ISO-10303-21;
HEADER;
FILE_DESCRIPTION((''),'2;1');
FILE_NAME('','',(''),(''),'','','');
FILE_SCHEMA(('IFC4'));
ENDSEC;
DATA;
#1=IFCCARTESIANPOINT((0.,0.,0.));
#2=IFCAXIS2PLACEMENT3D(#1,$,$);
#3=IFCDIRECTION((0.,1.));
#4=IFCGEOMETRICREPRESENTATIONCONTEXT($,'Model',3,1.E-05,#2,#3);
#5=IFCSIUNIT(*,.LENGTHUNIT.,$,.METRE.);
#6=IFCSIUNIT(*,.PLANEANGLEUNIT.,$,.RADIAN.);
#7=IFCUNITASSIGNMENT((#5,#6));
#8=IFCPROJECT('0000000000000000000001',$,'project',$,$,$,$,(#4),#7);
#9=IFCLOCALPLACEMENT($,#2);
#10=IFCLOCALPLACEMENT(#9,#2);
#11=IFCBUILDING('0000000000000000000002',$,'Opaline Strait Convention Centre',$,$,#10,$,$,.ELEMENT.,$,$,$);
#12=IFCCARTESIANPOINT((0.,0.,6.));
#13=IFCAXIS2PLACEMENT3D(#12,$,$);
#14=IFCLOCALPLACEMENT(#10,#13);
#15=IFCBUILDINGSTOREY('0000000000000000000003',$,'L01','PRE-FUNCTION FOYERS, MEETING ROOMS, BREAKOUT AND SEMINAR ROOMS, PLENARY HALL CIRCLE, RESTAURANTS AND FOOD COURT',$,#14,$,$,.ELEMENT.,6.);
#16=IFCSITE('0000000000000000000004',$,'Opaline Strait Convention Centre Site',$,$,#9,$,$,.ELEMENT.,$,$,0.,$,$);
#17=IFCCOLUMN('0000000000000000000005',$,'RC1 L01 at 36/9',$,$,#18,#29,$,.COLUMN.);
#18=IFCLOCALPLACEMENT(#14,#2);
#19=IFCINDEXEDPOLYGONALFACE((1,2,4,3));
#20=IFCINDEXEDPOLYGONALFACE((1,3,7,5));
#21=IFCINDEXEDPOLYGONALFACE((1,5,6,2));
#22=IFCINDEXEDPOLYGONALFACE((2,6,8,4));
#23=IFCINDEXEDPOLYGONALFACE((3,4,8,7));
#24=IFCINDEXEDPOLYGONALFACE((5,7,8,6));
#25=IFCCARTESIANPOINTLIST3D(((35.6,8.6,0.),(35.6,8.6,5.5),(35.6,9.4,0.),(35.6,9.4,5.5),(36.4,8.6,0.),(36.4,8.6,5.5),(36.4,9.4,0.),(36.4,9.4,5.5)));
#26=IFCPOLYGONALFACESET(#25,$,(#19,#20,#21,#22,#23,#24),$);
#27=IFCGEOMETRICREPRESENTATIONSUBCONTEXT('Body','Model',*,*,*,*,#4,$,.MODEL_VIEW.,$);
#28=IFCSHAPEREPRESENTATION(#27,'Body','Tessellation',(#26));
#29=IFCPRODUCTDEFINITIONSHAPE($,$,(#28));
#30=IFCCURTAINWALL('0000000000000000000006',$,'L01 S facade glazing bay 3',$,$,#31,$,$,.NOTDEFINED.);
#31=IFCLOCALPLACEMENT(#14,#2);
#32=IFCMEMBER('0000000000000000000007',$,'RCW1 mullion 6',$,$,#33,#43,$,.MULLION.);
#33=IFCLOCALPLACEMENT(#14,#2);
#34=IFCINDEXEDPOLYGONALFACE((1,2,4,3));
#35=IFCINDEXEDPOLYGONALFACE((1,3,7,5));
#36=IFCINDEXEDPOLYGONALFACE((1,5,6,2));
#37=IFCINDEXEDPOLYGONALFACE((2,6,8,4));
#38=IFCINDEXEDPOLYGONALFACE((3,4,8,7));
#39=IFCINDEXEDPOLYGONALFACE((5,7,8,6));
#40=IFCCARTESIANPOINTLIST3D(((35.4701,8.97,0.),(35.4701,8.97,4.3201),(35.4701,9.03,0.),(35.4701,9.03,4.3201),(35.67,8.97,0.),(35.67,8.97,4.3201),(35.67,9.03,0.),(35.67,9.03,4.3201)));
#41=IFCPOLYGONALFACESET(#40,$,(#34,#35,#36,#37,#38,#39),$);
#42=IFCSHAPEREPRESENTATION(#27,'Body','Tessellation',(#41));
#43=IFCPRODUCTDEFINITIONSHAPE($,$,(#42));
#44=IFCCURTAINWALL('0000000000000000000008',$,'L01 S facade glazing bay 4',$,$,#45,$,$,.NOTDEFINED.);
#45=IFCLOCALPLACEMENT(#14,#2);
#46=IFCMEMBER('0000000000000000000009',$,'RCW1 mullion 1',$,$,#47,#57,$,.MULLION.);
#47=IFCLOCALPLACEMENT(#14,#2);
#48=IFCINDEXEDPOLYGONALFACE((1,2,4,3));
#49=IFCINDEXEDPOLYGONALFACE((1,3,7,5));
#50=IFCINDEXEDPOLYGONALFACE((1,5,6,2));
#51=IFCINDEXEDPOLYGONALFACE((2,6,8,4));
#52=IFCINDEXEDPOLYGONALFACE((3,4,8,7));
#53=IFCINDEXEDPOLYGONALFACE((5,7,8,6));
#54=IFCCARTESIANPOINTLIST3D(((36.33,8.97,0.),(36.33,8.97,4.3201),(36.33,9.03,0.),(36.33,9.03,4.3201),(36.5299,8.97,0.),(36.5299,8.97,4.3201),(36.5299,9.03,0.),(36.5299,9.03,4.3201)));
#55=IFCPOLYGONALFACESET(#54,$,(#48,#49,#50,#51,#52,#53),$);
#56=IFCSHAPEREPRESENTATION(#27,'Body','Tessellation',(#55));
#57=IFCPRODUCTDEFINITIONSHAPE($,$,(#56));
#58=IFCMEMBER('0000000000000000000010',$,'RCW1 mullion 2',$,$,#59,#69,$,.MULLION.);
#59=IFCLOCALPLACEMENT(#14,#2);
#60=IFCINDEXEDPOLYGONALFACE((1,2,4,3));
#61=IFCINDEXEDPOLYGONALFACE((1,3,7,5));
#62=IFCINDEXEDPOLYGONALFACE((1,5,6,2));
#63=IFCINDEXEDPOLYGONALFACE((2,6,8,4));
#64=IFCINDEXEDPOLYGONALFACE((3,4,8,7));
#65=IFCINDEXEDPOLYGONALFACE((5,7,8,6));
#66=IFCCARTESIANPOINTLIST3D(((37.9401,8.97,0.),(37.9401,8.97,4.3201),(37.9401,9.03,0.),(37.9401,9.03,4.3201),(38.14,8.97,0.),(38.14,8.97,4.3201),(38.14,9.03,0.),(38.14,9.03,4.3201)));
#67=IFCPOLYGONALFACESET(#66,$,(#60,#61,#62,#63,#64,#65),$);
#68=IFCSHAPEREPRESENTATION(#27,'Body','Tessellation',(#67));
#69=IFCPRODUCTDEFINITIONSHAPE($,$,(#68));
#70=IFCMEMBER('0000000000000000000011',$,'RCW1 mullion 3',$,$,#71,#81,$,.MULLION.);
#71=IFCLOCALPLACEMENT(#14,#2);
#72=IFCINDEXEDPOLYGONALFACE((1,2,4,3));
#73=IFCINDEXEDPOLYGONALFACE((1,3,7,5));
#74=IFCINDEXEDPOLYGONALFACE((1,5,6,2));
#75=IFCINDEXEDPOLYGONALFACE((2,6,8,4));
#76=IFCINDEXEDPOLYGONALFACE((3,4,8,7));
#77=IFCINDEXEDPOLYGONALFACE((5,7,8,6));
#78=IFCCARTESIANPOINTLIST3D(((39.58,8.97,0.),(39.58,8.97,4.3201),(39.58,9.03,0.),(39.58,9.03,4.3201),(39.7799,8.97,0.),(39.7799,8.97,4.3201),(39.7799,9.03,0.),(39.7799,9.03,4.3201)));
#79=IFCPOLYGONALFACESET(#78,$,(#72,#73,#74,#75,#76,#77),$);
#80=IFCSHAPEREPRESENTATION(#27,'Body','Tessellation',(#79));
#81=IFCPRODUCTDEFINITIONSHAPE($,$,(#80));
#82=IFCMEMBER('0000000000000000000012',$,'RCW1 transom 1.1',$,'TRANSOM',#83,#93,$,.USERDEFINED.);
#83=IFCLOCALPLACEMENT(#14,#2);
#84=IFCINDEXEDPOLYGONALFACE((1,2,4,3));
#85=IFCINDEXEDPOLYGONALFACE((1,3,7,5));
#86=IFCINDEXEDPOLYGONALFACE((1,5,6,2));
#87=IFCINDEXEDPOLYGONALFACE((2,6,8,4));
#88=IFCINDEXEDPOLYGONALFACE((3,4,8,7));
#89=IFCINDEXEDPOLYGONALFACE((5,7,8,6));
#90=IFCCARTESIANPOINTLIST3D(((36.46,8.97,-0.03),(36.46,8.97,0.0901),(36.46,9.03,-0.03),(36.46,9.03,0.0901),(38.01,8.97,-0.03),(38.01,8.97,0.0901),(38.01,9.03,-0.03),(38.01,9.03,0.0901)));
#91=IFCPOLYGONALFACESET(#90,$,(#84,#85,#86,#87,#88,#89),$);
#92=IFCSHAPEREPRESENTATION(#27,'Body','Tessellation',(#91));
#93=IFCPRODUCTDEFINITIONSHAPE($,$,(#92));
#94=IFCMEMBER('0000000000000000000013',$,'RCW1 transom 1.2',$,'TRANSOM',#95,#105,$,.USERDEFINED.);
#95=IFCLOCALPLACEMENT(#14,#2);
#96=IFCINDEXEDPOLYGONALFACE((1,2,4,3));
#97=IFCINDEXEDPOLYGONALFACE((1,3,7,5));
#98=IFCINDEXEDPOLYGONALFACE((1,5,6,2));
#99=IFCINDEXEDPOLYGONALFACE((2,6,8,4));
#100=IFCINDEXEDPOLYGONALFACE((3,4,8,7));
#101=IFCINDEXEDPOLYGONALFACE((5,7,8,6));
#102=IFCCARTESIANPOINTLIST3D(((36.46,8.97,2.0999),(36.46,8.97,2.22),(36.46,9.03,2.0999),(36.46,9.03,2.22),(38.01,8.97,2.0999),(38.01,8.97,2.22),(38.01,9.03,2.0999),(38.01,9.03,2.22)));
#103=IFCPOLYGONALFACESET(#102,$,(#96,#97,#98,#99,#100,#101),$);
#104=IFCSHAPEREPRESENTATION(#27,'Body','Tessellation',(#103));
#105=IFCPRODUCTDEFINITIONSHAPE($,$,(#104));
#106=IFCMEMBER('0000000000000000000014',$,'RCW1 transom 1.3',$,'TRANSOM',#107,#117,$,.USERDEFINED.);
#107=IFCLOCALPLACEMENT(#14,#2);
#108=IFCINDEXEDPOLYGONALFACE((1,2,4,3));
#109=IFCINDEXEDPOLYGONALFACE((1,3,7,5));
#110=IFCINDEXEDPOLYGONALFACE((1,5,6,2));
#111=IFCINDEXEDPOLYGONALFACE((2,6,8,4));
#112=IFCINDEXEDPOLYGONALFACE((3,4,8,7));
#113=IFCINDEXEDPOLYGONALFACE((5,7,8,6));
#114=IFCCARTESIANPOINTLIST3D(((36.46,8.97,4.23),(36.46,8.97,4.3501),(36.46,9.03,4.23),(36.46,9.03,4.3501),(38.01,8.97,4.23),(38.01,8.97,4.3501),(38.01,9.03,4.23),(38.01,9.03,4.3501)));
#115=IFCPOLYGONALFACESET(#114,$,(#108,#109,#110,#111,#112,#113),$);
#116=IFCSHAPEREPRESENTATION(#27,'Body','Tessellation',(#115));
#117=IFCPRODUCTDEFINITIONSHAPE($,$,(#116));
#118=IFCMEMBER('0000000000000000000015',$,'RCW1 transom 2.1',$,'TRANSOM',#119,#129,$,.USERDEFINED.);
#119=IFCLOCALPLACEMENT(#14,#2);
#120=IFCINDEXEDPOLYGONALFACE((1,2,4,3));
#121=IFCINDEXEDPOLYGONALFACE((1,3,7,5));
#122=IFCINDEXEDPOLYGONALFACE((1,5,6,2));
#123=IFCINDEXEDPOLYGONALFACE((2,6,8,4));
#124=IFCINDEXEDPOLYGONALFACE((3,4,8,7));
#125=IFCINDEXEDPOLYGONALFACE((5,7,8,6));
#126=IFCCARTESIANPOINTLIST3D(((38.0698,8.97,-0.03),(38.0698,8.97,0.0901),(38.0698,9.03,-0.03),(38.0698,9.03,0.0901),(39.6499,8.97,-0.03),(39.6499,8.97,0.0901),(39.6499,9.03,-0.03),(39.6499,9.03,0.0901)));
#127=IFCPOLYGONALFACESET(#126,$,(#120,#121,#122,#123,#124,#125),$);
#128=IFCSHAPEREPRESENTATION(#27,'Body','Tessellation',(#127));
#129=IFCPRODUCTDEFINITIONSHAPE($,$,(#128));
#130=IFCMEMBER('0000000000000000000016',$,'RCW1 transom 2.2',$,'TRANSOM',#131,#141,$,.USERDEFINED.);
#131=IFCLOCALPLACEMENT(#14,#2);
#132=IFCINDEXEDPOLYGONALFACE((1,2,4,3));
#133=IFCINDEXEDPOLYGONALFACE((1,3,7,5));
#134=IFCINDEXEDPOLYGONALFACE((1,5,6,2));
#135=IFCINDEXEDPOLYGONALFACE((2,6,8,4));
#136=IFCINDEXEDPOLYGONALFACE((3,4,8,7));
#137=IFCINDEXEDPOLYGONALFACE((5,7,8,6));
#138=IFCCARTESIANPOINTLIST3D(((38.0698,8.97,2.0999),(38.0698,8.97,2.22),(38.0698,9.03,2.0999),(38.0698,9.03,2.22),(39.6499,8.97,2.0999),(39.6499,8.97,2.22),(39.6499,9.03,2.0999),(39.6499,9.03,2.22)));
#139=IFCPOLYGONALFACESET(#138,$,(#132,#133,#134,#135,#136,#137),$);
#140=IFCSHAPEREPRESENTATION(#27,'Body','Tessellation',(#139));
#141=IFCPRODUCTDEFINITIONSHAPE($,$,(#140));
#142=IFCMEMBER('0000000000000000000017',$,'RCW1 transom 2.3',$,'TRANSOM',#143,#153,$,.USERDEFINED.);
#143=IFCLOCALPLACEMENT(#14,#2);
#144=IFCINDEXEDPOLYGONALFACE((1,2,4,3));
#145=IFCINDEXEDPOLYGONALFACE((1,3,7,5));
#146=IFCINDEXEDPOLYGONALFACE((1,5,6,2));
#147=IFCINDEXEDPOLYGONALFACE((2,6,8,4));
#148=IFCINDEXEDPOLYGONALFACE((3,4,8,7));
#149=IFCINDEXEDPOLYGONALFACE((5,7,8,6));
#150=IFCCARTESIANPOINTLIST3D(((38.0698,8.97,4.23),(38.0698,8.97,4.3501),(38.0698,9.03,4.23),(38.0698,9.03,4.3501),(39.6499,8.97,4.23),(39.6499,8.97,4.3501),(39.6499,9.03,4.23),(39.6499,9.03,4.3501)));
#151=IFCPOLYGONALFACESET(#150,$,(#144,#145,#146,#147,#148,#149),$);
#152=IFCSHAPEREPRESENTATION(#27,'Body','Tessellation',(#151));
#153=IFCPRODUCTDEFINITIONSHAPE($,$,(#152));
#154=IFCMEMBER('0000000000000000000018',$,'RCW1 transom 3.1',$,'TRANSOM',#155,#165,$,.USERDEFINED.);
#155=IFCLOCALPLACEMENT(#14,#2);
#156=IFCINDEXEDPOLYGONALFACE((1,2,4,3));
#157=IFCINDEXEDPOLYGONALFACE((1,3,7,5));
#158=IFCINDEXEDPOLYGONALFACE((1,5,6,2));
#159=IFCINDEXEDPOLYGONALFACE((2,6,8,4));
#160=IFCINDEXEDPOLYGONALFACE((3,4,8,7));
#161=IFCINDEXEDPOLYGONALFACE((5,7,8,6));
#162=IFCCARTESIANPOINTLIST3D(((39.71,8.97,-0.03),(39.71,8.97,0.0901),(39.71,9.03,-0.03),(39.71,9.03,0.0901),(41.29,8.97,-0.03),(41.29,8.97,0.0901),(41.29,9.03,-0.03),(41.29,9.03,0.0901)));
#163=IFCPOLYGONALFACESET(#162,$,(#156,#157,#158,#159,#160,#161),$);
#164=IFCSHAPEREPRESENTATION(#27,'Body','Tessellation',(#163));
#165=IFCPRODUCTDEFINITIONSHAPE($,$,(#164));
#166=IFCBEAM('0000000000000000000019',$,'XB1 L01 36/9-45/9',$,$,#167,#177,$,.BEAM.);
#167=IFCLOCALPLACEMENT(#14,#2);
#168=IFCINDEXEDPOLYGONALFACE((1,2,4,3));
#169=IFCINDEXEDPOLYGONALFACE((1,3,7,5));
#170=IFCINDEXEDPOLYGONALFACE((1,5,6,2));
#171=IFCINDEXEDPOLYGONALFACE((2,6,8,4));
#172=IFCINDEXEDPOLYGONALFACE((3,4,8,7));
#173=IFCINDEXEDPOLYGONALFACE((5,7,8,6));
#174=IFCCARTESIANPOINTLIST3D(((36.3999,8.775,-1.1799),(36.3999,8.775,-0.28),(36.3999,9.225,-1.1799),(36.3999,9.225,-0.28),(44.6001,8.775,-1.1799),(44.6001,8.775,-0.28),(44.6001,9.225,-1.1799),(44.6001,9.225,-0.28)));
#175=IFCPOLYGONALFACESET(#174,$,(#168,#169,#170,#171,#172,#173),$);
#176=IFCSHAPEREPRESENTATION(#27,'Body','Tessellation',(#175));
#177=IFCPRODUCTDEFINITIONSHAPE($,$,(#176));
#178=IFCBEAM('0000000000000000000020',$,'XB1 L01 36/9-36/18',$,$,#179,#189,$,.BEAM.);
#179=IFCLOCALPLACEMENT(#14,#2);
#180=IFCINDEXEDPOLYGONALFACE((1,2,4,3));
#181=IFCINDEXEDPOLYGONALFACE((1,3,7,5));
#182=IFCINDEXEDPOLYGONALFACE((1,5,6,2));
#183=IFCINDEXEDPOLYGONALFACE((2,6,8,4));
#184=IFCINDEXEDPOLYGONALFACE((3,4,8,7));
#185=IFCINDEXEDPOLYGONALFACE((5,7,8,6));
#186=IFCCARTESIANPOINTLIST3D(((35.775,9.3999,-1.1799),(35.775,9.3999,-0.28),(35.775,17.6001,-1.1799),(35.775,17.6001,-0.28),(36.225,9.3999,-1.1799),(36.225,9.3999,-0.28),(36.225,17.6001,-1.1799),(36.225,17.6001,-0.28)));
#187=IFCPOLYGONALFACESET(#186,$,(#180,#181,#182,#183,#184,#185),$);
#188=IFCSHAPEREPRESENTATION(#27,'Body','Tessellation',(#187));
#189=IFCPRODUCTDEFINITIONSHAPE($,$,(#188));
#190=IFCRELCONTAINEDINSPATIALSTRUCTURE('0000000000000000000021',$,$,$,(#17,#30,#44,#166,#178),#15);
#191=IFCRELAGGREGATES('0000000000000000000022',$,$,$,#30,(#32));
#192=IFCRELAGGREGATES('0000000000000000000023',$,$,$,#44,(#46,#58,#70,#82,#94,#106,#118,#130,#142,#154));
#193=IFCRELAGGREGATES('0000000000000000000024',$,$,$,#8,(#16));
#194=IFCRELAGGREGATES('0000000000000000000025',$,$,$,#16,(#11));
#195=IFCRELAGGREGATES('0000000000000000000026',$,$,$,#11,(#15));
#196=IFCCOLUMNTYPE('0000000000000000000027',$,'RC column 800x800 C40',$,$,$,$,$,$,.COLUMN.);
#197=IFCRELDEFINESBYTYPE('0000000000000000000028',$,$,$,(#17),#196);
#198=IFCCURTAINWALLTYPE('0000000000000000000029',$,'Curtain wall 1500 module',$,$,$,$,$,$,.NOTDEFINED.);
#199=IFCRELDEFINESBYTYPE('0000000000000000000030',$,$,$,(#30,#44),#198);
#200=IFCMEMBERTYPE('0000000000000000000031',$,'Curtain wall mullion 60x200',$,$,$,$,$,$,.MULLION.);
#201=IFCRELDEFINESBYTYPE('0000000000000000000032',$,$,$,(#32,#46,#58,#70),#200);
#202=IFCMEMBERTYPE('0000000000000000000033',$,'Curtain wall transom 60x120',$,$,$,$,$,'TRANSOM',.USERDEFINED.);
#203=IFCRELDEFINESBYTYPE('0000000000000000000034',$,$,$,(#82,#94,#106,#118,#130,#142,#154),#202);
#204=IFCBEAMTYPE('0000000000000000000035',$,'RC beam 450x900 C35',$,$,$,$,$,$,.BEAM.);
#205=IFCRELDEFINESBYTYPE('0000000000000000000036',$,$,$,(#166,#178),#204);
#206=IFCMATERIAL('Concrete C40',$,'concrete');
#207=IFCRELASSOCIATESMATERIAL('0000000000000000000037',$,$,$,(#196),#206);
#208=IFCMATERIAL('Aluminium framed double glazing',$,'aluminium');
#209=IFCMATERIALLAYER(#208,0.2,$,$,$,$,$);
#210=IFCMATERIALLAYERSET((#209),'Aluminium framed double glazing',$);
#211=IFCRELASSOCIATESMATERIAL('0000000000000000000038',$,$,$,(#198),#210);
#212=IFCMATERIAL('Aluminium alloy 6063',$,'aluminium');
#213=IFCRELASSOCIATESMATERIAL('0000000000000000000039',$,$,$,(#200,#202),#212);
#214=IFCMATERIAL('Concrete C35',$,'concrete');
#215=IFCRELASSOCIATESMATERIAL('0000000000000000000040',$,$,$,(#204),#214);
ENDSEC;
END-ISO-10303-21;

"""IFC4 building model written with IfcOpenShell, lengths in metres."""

from ifc_helpers import new_model, si_unit, direction, frame, origin, origin_2d, place, context, subcontext, project, spatial, rectangle, extrude, material, layer, layer_set, material_profile, profile_set, type_object, element, aggregate, save


model = new_model("IFC4")

# Units and contexts
model_context = context("Model", 3, precision=1e-05, world=origin(), true_north=direction((0.0, 1.0)))
body_context = subcontext(model_context, "Body", "Model", "MODEL_VIEW")
ifc_project = project(units=[si_unit("LENGTHUNIT", "METRE"), si_unit("PLANEANGLEUNIT", "RADIAN")], contexts=[model_context])

# Site, building, storey
site_placement = place(None, origin())
site = spatial("IfcSite", under=ifc_project, at=site_placement, Name="Opaline Strait Convention Centre Site", CompositionType="ELEMENT", RefElevation=0.0)
building_placement = place(site_placement, origin())
building = spatial("IfcBuilding", under=site, at=building_placement, Name="Opaline Strait Convention Centre", CompositionType="ELEMENT")
storey_placement = place(building_placement, frame((0.0, 0.0, 6.0)))
storey = spatial("IfcBuildingStorey", under=building, at=storey_placement, Name="L01", Description="PRE-FUNCTION FOYERS, MEETING ROOMS, BREAKOUT AND SEMINAR ROOMS, PLENARY HALL CIRCLE, RESTAURANTS AND FOOD COURT", CompositionType="ELEMENT", Elevation=6.0)

# Column
ifc_material_1 = material(Name="Concrete C40", Category="concrete")
ifc_material_profile_1 = material_profile(ifc_material_1, rectangle(XDim=0.8, YDim=0.8, at=origin_2d()), Name="RC 800x800")
ifc_profile_set_1 = profile_set([ifc_material_profile_1], Name="Concrete C40")
column_type = type_object("IfcColumnType", Name="RC column 800x800 C40", PredefinedType="COLUMN", material=ifc_profile_set_1)
column_placement = place(storey_placement, frame((36.0, 9.0, 0.0), z_axis=(0.0, 0.0, 1.0), x_axis=(1.0, 0.0, 0.0)))
element("IfcColumn", 1, at=column_placement, inside=storey, type_object=column_type, Name="RC1 L01 at 36/9", PredefinedType="COLUMN", context=body_context, shape_type="SweptSolid", body=[
    extrude(rectangle(XDim=0.8, YDim=0.8, at=origin_2d()), origin(), (0.0, 0.0, 1.0), 5.5),
])

# Curtain wall, member
ifc_material_2 = material(Name="Aluminium framed double glazing", Category="aluminium")
ifc_layer_1 = layer(ifc_material_2, 0.2)
ifc_layer_set_1 = layer_set([ifc_layer_1], Name="Aluminium framed double glazing")
curtain_wall_type = type_object("IfcCurtainWallType", Name="Curtain wall 1500 module", PredefinedType="NOTDEFINED", material=ifc_layer_set_1)
curtain_wall_1_placement = place(storey_placement, origin())
curtain_wall_1 = element("IfcCurtainWall", 2, at=curtain_wall_1_placement, inside=storey, type_object=curtain_wall_type, Name="L01 S facade glazing bay 3", PredefinedType="NOTDEFINED")
ifc_material_3 = material(Name="Aluminium alloy 6063", Category="aluminium")
ifc_material_profile_2 = material_profile(ifc_material_3, rectangle(XDim=0.0601, YDim=0.2, at=origin_2d()), Name="Curtain wall mullion 60x200")
ifc_profile_set_2 = profile_set([ifc_material_profile_2], Name="Aluminium alloy 6063")
member_type_1 = type_object("IfcMemberType", Name="Curtain wall mullion 60x200", PredefinedType="MULLION", material=ifc_profile_set_2)
member_1_placement = place(storey_placement, frame((35.5701, 9.0, 0.0), z_axis=(0.0, 0.0, 1.0), x_axis=(0.0, 1.0, 0.0)))
member_1 = element("IfcMember", 3, at=member_1_placement, type_object=member_type_1, Name="RCW1 mullion 6", PredefinedType="MULLION", context=body_context, shape_type="SweptSolid", body=[
    extrude(rectangle(XDim=0.0601, YDim=0.2, at=origin_2d()), origin(), (0.0, 0.0, 1.0), 4.3201),
])
aggregate(curtain_wall_1, [member_1])

# Curtain wall, members
curtain_wall_2_placement = place(storey_placement, origin())
curtain_wall_2 = element("IfcCurtainWall", 4, at=curtain_wall_2_placement, inside=storey, type_object=curtain_wall_type, Name="L01 S facade glazing bay 4", PredefinedType="NOTDEFINED")
member_2_placement = place(storey_placement, frame((36.4299, 9.0, 0.0), z_axis=(0.0, 0.0, 1.0), x_axis=(0.0, 1.0, 0.0)))
member_2 = element("IfcMember", 5, at=member_2_placement, type_object=member_type_1, Name="RCW1 mullion 1", PredefinedType="MULLION", context=body_context, shape_type="SweptSolid", body=[
    extrude(rectangle(XDim=0.0601, YDim=0.2, at=origin_2d()), origin(), (0.0, 0.0, 1.0), 4.3201),
])
member_3_placement = place(storey_placement, frame((38.04, 9.0, 0.0), z_axis=(0.0, 0.0, 1.0), x_axis=(0.0, 1.0, 0.0)))
member_3 = element("IfcMember", 6, at=member_3_placement, type_object=member_type_1, Name="RCW1 mullion 2", PredefinedType="MULLION", context=body_context, shape_type="SweptSolid", body=[
    extrude(rectangle(XDim=0.0601, YDim=0.2, at=origin_2d()), origin(), (0.0, 0.0, 1.0), 4.3201),
])
member_4_placement = place(storey_placement, frame((39.6799, 9.0, 0.0), z_axis=(0.0, 0.0, 1.0), x_axis=(0.0, 1.0, 0.0)))
member_4 = element("IfcMember", 7, at=member_4_placement, type_object=member_type_1, Name="RCW1 mullion 3", PredefinedType="MULLION", context=body_context, shape_type="SweptSolid", body=[
    extrude(rectangle(XDim=0.0601, YDim=0.2, at=origin_2d()), origin(), (0.0, 0.0, 1.0), 4.3201),
])
ifc_material_profile_3 = material_profile(ifc_material_3, rectangle(XDim=0.0601, YDim=0.1201, at=origin_2d()), Name="Curtain wall transom 60x120")
ifc_profile_set_3 = profile_set([ifc_material_profile_3], Name="Aluminium alloy 6063")
member_type_2 = type_object("IfcMemberType", Name="Curtain wall transom 60x120", ElementType="TRANSOM", PredefinedType="USERDEFINED", material=ifc_profile_set_3)
member_5_placement = place(storey_placement, frame((36.46, 9.0, 0.03), z_axis=(1.0, 0.0, 0.0), x_axis=(0.0, 1.0, 0.0)))
member_5 = element("IfcMember", 8, at=member_5_placement, type_object=member_type_2, Name="RCW1 transom 1.1", ObjectType="TRANSOM", PredefinedType="USERDEFINED", context=body_context, shape_type="SweptSolid", body=[
    extrude(rectangle(XDim=0.0601, YDim=0.1201, at=origin_2d()), origin(), (0.0, 0.0, 1.0), 1.55),
])
member_6_placement = place(storey_placement, frame((36.46, 9.0, 2.1599), z_axis=(1.0, 0.0, 0.0), x_axis=(0.0, 1.0, 0.0)))
member_6 = element("IfcMember", 9, at=member_6_placement, type_object=member_type_2, Name="RCW1 transom 1.2", ObjectType="TRANSOM", PredefinedType="USERDEFINED", context=body_context, shape_type="SweptSolid", body=[
    extrude(rectangle(XDim=0.0601, YDim=0.1201, at=origin_2d()), origin(), (0.0, 0.0, 1.0), 1.55),
])
member_7_placement = place(storey_placement, frame((36.46, 9.0, 4.29), z_axis=(1.0, 0.0, 0.0), x_axis=(0.0, 1.0, 0.0)))
member_7 = element("IfcMember", 10, at=member_7_placement, type_object=member_type_2, Name="RCW1 transom 1.3", ObjectType="TRANSOM", PredefinedType="USERDEFINED", context=body_context, shape_type="SweptSolid", body=[
    extrude(rectangle(XDim=0.0601, YDim=0.1201, at=origin_2d()), origin(), (0.0, 0.0, 1.0), 1.55),
])
member_8_placement = place(storey_placement, frame((38.0698, 9.0, 0.03), z_axis=(1.0, 0.0, 0.0), x_axis=(0.0, 1.0, 0.0)))
member_8 = element("IfcMember", 11, at=member_8_placement, type_object=member_type_2, Name="RCW1 transom 2.1", ObjectType="TRANSOM", PredefinedType="USERDEFINED", context=body_context, shape_type="SweptSolid", body=[
    extrude(rectangle(XDim=0.0601, YDim=0.1201, at=origin_2d()), origin(), (0.0, 0.0, 1.0), 1.5801),
])
member_9_placement = place(storey_placement, frame((38.0698, 9.0, 2.1599), z_axis=(1.0, 0.0, 0.0), x_axis=(0.0, 1.0, 0.0)))
member_9 = element("IfcMember", 12, at=member_9_placement, type_object=member_type_2, Name="RCW1 transom 2.2", ObjectType="TRANSOM", PredefinedType="USERDEFINED", context=body_context, shape_type="SweptSolid", body=[
    extrude(rectangle(XDim=0.0601, YDim=0.1201, at=origin_2d()), origin(), (0.0, 0.0, 1.0), 1.5801),
])
member_10_placement = place(storey_placement, frame((38.0698, 9.0, 4.29), z_axis=(1.0, 0.0, 0.0), x_axis=(0.0, 1.0, 0.0)))
member_10 = element("IfcMember", 13, at=member_10_placement, type_object=member_type_2, Name="RCW1 transom 2.3", ObjectType="TRANSOM", PredefinedType="USERDEFINED", context=body_context, shape_type="SweptSolid", body=[
    extrude(rectangle(XDim=0.0601, YDim=0.1201, at=origin_2d()), origin(), (0.0, 0.0, 1.0), 1.5801),
])
member_11_placement = place(storey_placement, frame((39.71, 9.0, 0.03), z_axis=(1.0, 0.0, 0.0), x_axis=(0.0, 1.0, 0.0)))
member_11 = element("IfcMember", 14, at=member_11_placement, type_object=member_type_2, Name="RCW1 transom 3.1", ObjectType="TRANSOM", PredefinedType="USERDEFINED", context=body_context, shape_type="SweptSolid", body=[
    extrude(rectangle(XDim=0.0601, YDim=0.1201, at=origin_2d()), origin(), (0.0, 0.0, 1.0), 1.5801),
])

# Beams
ifc_material_4 = material(Name="Concrete C35", Category="concrete")
ifc_material_profile_4 = material_profile(ifc_material_4, rectangle(XDim=0.45, YDim=0.8999, at=origin_2d()), Name="RC 450x900")
ifc_profile_set_4 = profile_set([ifc_material_profile_4], Name="Concrete C35")
beam_type = type_object("IfcBeamType", Name="RC beam 450x900 C35", PredefinedType="BEAM", material=ifc_profile_set_4)
for number, where, z_axis, x_axis, name in (
    (15, (36.3999, 9.0, -0.73), (1.0, 0.0, 0.0), (0.0, 1.0, 0.0), "XB1 L01 36/9-45/9"),
    (16, (36.0, 9.3999, -0.73), (0.0, 1.0, 0.0), (-1.0, 0.0, 0.0), "XB1 L01 36/9-36/18"),
):
    element("IfcBeam", number, at=place(storey_placement, frame(where, z_axis=z_axis, x_axis=x_axis)), inside=storey, type_object=beam_type, Name=name, PredefinedType="BEAM", context=body_context, shape_type="SweptSolid", body=[
        extrude(rectangle(XDim=0.45, YDim=0.8999, at=origin_2d()), origin(), (0.0, 0.0, 1.0), 8.2002),
    ])

aggregate(curtain_wall_2, [member_2, member_3, member_4, member_5, member_6, member_7, member_8, member_9, member_10, member_11])

save(model, "model.ifc")
